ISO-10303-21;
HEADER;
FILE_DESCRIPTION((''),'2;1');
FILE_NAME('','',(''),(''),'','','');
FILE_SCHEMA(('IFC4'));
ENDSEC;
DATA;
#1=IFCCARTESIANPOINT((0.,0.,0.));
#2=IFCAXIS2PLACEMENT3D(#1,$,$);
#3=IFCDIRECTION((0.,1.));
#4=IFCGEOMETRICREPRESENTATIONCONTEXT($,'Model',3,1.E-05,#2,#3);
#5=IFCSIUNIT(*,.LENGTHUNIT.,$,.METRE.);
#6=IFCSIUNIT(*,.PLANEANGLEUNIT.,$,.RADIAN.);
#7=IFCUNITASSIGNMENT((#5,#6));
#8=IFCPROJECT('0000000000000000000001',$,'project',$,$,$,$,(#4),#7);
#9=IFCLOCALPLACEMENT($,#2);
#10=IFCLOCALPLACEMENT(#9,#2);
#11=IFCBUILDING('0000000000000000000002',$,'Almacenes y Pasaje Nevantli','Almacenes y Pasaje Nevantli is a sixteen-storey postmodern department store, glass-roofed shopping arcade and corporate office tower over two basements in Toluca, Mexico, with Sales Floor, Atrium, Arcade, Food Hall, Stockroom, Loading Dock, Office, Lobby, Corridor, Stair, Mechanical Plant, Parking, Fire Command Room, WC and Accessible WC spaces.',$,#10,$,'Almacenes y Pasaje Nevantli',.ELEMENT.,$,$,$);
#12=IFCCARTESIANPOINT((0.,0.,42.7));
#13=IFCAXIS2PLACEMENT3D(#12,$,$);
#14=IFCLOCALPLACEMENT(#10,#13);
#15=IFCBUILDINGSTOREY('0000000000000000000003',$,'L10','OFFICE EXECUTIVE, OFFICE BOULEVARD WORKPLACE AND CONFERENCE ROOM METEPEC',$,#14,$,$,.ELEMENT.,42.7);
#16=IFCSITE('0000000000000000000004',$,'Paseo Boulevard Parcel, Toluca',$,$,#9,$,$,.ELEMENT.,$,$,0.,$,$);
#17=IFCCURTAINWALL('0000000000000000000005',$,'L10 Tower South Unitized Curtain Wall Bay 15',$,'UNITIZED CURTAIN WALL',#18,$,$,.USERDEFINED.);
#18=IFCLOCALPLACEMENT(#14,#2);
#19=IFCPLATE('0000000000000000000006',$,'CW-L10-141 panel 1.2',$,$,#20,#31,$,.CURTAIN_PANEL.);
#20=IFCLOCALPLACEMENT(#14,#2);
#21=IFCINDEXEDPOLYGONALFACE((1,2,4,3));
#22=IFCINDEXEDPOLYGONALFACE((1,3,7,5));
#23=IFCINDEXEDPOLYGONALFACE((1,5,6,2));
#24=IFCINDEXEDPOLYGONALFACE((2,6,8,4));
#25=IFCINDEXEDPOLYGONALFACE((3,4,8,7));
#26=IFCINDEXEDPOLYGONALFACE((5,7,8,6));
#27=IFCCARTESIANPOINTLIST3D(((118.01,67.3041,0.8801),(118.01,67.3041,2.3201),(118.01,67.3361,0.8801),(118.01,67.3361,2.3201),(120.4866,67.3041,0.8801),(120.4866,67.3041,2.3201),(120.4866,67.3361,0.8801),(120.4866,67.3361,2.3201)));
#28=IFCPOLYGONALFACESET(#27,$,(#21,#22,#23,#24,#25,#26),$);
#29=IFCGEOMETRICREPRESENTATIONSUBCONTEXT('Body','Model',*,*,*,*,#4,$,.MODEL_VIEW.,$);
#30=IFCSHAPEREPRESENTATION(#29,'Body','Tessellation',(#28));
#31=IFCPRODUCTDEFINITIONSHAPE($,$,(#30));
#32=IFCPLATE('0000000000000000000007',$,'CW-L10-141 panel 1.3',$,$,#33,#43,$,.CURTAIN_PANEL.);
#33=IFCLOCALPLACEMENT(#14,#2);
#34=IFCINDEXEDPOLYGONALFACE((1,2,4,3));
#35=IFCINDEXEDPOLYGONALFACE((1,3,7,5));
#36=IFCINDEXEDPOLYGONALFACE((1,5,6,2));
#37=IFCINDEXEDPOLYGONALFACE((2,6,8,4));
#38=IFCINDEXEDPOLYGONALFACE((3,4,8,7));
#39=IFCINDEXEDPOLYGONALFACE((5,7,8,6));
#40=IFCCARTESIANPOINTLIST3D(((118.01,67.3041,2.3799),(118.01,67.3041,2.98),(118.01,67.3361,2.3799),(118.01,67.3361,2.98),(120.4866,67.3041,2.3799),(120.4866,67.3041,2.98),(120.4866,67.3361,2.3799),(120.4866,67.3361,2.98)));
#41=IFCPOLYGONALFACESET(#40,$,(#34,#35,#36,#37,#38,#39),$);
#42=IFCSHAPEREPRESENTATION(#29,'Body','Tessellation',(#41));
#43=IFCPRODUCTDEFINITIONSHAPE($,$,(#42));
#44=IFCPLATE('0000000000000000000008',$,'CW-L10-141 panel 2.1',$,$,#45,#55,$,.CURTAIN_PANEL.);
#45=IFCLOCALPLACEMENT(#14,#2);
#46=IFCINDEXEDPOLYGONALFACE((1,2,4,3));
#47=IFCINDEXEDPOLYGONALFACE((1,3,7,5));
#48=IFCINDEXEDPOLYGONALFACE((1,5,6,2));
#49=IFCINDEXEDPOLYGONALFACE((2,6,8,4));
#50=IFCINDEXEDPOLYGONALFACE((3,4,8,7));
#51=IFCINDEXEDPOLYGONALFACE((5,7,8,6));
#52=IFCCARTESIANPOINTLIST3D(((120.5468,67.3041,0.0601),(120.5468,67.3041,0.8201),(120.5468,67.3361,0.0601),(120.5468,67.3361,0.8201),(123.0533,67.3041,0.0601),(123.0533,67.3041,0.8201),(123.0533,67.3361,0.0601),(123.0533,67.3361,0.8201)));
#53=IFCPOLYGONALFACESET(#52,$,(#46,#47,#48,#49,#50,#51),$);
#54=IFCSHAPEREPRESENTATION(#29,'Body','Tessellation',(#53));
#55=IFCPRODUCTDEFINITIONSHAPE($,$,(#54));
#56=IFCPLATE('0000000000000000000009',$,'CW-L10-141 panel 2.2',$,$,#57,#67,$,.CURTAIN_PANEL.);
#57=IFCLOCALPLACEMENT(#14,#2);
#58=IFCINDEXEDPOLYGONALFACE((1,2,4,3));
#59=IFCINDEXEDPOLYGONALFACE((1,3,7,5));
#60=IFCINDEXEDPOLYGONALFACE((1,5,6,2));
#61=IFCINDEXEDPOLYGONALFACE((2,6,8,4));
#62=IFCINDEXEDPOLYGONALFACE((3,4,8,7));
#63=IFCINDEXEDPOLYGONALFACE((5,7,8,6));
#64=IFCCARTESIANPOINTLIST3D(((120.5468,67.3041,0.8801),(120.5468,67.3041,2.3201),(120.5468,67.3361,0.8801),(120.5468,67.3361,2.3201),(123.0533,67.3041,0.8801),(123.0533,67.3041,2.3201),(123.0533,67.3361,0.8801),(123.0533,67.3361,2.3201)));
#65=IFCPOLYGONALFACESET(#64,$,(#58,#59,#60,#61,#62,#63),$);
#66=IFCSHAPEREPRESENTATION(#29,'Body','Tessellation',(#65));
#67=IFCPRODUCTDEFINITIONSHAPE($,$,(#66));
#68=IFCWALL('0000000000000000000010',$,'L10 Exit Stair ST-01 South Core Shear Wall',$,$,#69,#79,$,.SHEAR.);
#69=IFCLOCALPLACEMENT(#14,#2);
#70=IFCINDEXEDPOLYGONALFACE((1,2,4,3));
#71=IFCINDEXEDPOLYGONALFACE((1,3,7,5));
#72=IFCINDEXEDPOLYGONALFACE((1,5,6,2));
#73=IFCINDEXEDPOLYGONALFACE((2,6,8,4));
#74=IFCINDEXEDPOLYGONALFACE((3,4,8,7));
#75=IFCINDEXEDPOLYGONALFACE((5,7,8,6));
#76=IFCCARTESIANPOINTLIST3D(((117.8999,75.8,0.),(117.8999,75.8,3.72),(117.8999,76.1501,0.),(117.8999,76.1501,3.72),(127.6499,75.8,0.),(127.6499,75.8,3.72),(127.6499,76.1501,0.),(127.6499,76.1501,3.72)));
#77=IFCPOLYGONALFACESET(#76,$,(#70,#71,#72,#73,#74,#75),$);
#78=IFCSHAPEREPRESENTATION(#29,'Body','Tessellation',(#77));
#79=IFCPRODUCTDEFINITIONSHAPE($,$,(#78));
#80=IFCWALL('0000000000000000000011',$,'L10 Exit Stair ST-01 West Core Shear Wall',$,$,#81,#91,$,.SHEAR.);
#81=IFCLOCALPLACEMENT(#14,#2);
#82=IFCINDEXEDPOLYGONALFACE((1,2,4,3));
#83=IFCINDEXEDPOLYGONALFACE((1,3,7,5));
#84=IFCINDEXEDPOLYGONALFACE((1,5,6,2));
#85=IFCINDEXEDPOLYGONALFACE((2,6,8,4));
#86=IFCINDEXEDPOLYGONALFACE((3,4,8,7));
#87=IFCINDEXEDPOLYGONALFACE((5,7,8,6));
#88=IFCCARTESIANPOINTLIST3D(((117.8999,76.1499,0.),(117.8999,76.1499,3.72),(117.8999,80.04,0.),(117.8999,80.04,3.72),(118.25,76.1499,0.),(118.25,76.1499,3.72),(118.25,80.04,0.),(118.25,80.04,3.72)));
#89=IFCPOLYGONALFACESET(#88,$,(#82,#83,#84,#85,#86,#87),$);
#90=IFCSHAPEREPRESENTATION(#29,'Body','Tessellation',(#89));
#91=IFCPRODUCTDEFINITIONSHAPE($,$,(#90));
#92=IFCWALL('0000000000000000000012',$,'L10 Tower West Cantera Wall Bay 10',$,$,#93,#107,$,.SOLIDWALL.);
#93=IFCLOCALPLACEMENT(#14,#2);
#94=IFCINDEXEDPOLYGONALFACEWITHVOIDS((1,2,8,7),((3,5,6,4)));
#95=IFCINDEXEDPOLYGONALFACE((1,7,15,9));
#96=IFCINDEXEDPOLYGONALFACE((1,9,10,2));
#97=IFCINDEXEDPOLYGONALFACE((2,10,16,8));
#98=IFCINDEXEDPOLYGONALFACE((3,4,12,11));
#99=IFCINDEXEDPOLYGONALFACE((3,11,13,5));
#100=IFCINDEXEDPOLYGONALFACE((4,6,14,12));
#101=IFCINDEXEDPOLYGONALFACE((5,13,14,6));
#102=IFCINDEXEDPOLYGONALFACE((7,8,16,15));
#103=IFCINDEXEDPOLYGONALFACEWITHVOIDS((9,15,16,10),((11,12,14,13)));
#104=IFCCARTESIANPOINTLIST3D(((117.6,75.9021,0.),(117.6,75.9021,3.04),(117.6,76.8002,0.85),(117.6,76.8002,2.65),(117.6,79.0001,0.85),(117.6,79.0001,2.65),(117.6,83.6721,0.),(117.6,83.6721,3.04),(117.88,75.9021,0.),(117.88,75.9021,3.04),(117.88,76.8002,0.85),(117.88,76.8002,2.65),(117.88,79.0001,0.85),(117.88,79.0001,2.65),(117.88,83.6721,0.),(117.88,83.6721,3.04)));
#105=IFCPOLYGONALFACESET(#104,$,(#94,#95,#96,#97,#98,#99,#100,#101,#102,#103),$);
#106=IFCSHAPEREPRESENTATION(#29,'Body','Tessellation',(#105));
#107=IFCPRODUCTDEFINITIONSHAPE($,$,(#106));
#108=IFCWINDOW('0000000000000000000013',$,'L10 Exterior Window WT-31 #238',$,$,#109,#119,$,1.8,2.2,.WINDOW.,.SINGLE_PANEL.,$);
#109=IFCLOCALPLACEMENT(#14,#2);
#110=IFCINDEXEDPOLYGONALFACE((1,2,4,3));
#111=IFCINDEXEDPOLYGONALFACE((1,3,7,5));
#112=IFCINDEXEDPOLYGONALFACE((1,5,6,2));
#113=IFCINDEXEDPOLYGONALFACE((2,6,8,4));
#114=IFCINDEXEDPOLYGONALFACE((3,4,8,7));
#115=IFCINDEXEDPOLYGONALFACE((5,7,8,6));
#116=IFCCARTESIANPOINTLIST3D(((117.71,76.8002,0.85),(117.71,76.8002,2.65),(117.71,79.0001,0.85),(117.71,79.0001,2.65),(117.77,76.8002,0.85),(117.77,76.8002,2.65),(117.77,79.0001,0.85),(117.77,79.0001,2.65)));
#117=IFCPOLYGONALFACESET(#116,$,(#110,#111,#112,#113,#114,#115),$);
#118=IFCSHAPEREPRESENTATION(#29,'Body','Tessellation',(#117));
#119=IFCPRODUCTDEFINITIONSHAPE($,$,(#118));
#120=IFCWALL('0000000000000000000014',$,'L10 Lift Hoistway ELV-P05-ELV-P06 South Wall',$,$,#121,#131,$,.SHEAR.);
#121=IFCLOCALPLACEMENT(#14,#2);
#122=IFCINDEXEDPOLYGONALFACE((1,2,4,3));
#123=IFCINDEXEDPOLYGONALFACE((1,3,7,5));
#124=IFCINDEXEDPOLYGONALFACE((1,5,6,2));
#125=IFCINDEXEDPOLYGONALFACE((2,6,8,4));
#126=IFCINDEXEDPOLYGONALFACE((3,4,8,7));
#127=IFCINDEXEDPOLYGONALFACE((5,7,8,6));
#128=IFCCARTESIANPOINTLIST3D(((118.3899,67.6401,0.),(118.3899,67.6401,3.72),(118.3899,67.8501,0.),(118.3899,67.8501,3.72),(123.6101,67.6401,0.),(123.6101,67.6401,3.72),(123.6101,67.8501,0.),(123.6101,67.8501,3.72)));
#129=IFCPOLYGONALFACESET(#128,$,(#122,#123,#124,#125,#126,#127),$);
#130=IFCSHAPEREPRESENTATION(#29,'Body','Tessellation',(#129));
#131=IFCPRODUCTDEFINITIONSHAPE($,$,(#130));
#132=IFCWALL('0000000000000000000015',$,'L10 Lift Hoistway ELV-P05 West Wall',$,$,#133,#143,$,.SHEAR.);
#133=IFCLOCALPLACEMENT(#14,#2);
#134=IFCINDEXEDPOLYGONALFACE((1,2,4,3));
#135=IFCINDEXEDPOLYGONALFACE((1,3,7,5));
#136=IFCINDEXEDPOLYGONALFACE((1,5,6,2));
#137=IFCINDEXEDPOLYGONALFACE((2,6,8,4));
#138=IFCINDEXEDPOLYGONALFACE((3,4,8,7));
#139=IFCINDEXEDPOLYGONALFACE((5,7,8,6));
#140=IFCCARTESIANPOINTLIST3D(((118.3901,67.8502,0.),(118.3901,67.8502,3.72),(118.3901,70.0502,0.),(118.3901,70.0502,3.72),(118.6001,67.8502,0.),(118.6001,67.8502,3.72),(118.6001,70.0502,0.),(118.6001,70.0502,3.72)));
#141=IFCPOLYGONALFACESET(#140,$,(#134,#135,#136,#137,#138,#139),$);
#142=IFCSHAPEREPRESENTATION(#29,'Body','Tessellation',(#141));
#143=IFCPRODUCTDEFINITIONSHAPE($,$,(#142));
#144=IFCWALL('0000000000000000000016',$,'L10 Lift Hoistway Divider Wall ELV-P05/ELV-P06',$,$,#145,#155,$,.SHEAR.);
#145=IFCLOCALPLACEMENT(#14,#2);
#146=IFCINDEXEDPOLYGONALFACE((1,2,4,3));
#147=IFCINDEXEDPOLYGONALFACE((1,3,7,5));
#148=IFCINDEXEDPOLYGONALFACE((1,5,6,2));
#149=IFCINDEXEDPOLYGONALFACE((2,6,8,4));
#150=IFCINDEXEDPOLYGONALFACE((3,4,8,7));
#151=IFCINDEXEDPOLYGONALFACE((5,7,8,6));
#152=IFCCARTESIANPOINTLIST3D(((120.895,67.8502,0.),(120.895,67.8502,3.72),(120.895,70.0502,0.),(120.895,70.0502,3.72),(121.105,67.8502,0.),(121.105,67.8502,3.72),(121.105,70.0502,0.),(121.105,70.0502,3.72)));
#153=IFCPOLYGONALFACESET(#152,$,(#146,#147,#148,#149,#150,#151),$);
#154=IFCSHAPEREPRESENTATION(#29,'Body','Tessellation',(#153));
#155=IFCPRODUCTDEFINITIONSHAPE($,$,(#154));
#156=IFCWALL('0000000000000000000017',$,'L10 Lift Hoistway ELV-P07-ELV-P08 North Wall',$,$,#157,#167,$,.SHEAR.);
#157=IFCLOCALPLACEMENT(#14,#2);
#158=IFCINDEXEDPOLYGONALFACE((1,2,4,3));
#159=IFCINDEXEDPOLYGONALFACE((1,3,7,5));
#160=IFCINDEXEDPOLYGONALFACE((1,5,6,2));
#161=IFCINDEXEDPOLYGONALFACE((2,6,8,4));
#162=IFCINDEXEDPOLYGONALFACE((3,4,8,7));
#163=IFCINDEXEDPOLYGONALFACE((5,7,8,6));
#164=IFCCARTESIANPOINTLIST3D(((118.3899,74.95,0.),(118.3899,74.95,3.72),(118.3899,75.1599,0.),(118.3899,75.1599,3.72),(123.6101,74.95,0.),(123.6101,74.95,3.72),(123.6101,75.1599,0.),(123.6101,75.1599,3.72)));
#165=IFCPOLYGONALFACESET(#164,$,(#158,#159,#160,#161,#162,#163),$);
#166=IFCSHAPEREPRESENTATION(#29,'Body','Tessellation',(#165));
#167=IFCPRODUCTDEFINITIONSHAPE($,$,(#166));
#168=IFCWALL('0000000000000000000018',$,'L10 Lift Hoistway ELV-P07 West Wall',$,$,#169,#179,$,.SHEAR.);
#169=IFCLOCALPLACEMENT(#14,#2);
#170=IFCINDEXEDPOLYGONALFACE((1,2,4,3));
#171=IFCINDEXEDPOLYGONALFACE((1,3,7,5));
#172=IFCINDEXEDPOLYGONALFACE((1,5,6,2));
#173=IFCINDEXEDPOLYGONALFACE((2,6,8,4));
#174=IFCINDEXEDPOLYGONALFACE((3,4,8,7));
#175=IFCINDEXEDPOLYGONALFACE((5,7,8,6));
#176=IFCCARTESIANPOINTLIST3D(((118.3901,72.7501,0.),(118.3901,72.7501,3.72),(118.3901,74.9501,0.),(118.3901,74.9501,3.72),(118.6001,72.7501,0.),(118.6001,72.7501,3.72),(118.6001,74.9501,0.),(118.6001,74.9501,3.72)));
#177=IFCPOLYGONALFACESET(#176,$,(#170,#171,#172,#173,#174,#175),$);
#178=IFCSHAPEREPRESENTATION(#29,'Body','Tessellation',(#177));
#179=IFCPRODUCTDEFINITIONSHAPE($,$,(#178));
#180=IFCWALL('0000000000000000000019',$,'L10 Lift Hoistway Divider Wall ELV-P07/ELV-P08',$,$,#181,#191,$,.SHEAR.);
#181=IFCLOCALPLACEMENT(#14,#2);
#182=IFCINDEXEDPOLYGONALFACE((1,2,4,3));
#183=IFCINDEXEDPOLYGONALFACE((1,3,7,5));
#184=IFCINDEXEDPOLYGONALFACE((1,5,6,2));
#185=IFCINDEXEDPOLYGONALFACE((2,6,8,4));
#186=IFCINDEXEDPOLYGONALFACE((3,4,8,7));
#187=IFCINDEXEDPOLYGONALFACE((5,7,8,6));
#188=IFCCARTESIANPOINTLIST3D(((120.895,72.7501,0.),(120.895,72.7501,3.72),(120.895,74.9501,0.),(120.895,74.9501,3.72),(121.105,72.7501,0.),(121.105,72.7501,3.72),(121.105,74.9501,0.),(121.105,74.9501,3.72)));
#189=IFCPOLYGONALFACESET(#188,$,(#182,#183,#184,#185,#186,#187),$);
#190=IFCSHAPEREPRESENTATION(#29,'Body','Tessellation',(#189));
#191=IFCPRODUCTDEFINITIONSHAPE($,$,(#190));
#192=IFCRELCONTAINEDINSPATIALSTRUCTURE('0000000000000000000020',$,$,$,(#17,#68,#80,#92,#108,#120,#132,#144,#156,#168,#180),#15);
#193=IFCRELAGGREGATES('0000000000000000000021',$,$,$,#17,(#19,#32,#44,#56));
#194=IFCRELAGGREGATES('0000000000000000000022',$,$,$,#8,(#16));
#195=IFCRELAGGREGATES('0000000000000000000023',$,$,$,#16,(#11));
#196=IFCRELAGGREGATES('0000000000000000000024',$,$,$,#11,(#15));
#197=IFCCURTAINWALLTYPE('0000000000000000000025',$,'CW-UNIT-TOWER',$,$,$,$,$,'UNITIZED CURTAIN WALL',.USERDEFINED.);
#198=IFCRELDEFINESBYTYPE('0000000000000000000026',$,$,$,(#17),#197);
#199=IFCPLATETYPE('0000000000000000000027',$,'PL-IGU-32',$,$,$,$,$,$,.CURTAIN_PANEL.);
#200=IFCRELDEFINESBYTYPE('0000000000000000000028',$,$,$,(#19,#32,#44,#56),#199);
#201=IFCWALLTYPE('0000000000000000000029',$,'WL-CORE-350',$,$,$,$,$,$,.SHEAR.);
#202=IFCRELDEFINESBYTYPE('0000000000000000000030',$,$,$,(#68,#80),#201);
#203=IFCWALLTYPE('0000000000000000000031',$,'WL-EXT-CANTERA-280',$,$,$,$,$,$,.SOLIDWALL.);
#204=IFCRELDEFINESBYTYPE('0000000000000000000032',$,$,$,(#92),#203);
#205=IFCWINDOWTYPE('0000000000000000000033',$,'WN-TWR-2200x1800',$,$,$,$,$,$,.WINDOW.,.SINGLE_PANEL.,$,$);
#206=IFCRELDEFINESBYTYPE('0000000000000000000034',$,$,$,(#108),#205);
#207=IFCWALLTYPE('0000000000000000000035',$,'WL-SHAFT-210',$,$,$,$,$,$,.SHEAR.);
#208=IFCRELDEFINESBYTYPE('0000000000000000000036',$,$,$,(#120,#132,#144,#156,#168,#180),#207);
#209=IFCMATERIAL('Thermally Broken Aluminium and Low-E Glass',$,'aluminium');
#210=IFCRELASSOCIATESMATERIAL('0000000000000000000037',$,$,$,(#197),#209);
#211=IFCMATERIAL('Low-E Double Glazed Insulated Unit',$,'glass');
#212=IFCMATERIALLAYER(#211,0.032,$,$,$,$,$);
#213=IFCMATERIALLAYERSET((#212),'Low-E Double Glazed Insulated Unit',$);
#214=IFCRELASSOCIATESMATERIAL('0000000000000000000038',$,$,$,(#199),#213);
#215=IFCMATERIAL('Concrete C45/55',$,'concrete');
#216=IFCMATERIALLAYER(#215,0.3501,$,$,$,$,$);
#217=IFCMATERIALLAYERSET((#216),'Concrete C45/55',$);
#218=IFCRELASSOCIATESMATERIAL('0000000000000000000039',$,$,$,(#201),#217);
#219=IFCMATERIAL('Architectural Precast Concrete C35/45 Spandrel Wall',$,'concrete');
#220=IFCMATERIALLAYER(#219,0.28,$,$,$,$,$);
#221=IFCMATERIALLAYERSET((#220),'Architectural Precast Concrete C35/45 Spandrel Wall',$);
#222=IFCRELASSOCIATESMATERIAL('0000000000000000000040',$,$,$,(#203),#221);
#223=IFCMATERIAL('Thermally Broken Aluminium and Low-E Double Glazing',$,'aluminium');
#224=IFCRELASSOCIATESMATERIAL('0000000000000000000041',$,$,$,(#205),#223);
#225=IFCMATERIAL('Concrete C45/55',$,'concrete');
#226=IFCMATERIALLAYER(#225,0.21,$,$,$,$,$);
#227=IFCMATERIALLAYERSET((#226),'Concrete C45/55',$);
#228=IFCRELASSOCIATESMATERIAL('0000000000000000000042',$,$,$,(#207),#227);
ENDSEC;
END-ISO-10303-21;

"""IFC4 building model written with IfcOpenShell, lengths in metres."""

from ifc_helpers import new_model, si_unit, direction, frame, frame_2d, origin, origin_2d, place, context, subcontext, project, spatial, rectangle, extrude, material, layer, layer_set, type_object, element, fill, aggregate, save


model = new_model("IFC4")

# Units and contexts
model_context = context("Model", 3, precision=1e-05, world=origin(), true_north=direction((0.0, 1.0)))
body_context = subcontext(model_context, "Body", "Model", "MODEL_VIEW")
ifc_project = project(units=[si_unit("LENGTHUNIT", "METRE"), si_unit("PLANEANGLEUNIT", "RADIAN")], contexts=[model_context])

# Site, building, storey
site_placement = place(None, origin())
site = spatial("IfcSite", under=ifc_project, at=site_placement, Name="Paseo Boulevard Parcel, Toluca", CompositionType="ELEMENT", RefElevation=0.0)
building_placement = place(site_placement, origin())
building = spatial("IfcBuilding", under=site, at=building_placement, Name="Almacenes y Pasaje Nevantli", Description="Almacenes y Pasaje Nevantli is a sixteen-storey postmodern department store, glass-roofed shopping arcade and corporate office tower over two basements in Toluca, Mexico, with Sales Floor, Atrium, Arcade, Food Hall, Stockroom, Loading Dock, Office, Lobby, Corridor, Stair, Mechanical Plant, Parking, Fire Command Room, WC and Accessible WC spaces.", LongName="Almacenes y Pasaje Nevantli", CompositionType="ELEMENT")
storey_placement = place(building_placement, frame((0.0, 0.0, 42.7)))
storey = spatial("IfcBuildingStorey", under=building, at=storey_placement, Name="L10", Description="OFFICE EXECUTIVE, OFFICE BOULEVARD WORKPLACE AND CONFERENCE ROOM METEPEC", CompositionType="ELEMENT", Elevation=42.7)

# Curtain wall, plates
ifc_material_1 = material(Name="Thermally Broken Aluminium and Low-E Glass", Category="aluminium")
curtain_wall_type = type_object("IfcCurtainWallType", Name="CW-UNIT-TOWER", ElementType="UNITIZED CURTAIN WALL", PredefinedType="USERDEFINED", material=ifc_material_1)
curtain_wall_placement = place(storey_placement, origin())
curtain_wall = element("IfcCurtainWall", 1, at=curtain_wall_placement, inside=storey, type_object=curtain_wall_type, Name="L10 Tower South Unitized Curtain Wall Bay 15", ObjectType="UNITIZED CURTAIN WALL", PredefinedType="USERDEFINED")
ifc_material_2 = material(Name="Low-E Double Glazed Insulated Unit", Category="glass")
ifc_layer_1 = layer(ifc_material_2, 0.032)
ifc_layer_set_1 = layer_set([ifc_layer_1], Name="Low-E Double Glazed Insulated Unit")
plate_type = type_object("IfcPlateType", Name="PL-IGU-32", PredefinedType="CURTAIN_PANEL", material=ifc_layer_set_1)
plate_1_placement = place(storey_placement, frame((119.2483, 67.3201, 0.8801), z_axis=(0.0, 0.0, 1.0), x_axis=(1.0, 0.0, 0.0)))
plate_1 = element("IfcPlate", 2, at=plate_1_placement, type_object=plate_type, Name="CW-L10-141 panel 1.2", PredefinedType="CURTAIN_PANEL", context=body_context, shape_type="SweptSolid", body=[
    extrude(rectangle(XDim=2.4766, YDim=0.032, at=origin_2d()), origin(), (0.0, 0.0, 1.0), 1.4399),
])
plate_2_placement = place(storey_placement, frame((119.2483, 67.3201, 2.3799), z_axis=(0.0, 0.0, 1.0), x_axis=(1.0, 0.0, 0.0)))
plate_2 = element("IfcPlate", 3, at=plate_2_placement, type_object=plate_type, Name="CW-L10-141 panel 1.3", PredefinedType="CURTAIN_PANEL", context=body_context, shape_type="SweptSolid", body=[
    extrude(rectangle(XDim=2.4766, YDim=0.032, at=origin_2d()), origin(), (0.0, 0.0, 1.0), 0.6001),
])
plate_3_placement = place(storey_placement, frame((121.8, 67.3201, 0.0601), z_axis=(0.0, 0.0, 1.0), x_axis=(1.0, 0.0, 0.0)))
plate_3 = element("IfcPlate", 4, at=plate_3_placement, type_object=plate_type, Name="CW-L10-141 panel 2.1", PredefinedType="CURTAIN_PANEL", context=body_context, shape_type="SweptSolid", body=[
    extrude(rectangle(XDim=2.5066, YDim=0.032, at=origin_2d()), origin(), (0.0, 0.0, 1.0), 0.76),
])
plate_4_placement = place(storey_placement, frame((121.8, 67.3201, 0.8801), z_axis=(0.0, 0.0, 1.0), x_axis=(1.0, 0.0, 0.0)))
plate_4 = element("IfcPlate", 5, at=plate_4_placement, type_object=plate_type, Name="CW-L10-141 panel 2.2", PredefinedType="CURTAIN_PANEL", context=body_context, shape_type="SweptSolid", body=[
    extrude(rectangle(XDim=2.5066, YDim=0.032, at=origin_2d()), origin(), (0.0, 0.0, 1.0), 1.4399),
])
aggregate(curtain_wall, [plate_1, plate_2, plate_3, plate_4])

# Walls
ifc_material_3 = material(Name="Concrete C45/55", Category="concrete")
ifc_layer_2 = layer(ifc_material_3, 0.3501)
ifc_layer_set_2 = layer_set([ifc_layer_2], Name="Concrete C45/55")
wall_type_1 = type_object("IfcWallType", Name="WL-CORE-350", PredefinedType="SHEAR", material=ifc_layer_set_2)
wall_1_placement = place(storey_placement, frame((117.8999, 75.9751, 0.0), z_axis=(0.0, 0.0, 1.0), x_axis=(1.0, 0.0, 0.0)))
element("IfcWall", 6, at=wall_1_placement, inside=storey, type_object=wall_type_1, Name="L10 Exit Stair ST-01 South Core Shear Wall", PredefinedType="SHEAR", context=body_context, shape_type="SweptSolid", body=[
    extrude(rectangle(XDim=9.75, YDim=0.3501, at=frame_2d((4.875, 0.0))), origin(), (0.0, 0.0, 1.0), 3.72),
])
wall_2_placement = place(storey_placement, frame((118.075, 76.1499, 0.0), z_axis=(0.0, 0.0, 1.0), x_axis=(0.0, 1.0, 0.0)))
element("IfcWall", 7, at=wall_2_placement, inside=storey, type_object=wall_type_1, Name="L10 Exit Stair ST-01 West Core Shear Wall", PredefinedType="SHEAR", context=body_context, shape_type="SweptSolid", body=[
    extrude(rectangle(XDim=3.8901, YDim=0.3501, at=frame_2d((1.9451, 0.0))), origin(), (0.0, 0.0, 1.0), 3.72),
])

# Wall, opening, window
ifc_material_4 = material(Name="Architectural Precast Concrete C35/45 Spandrel Wall", Category="concrete")
ifc_layer_3 = layer(ifc_material_4, 0.28)
ifc_layer_set_3 = layer_set([ifc_layer_3], Name="Architectural Precast Concrete C35/45 Spandrel Wall")
wall_type_2 = type_object("IfcWallType", Name="WL-EXT-CANTERA-280", PredefinedType="SOLIDWALL", material=ifc_layer_set_3)
wall_3_placement = place(storey_placement, frame((117.74, 75.9021, 0.0), z_axis=(0.0, 0.0, 1.0), x_axis=(0.0, 1.0, 0.0)))
wall_3 = element("IfcWall", 8, at=wall_3_placement, inside=storey, type_object=wall_type_2, Name="L10 Tower West Cantera Wall Bay 10", PredefinedType="SOLIDWALL", context=body_context, shape_type="SweptSolid", body=[
    extrude(rectangle(XDim=7.77, YDim=0.28, at=frame_2d((3.885, 0.0))), origin(), (0.0, 0.0, 1.0), 3.04),
])
opening_1_placement = place(wall_3_placement, frame((0.8979, 0.0, 0.8501)))
opening_1 = element("IfcOpeningElement", 9, at=opening_1_placement, cuts=wall_3, PredefinedType="OPENING", context=body_context, shape_type="SweptSolid", body=[
    extrude(rectangle(XDim=2.2, YDim=1.8, at=frame_2d((1.1001, 0.8999))), frame((0.0, 0.1499, 0.0), z_axis=(0.0, -1.0, 0.0), x_axis=(1.0, 0.0, 0.0)), (0.0, 0.0, 1.0), 0.3),
])
ifc_material_5 = material(Name="Thermally Broken Aluminium and Low-E Double Glazing", Category="aluminium")
window_type = type_object("IfcWindowType", Name="WN-TWR-2200x1800", PartitioningType="SINGLE_PANEL", PredefinedType="WINDOW", material=ifc_material_5)
window_placement = place(opening_1_placement, origin())
window = element("IfcWindow", 10, at=window_placement, inside=storey, type_object=window_type, Name="L10 Exterior Window WT-31 #238", OverallHeight=1.8, OverallWidth=2.2, PartitioningType="SINGLE_PANEL", PredefinedType="WINDOW", context=body_context, shape_type="SweptSolid", body=[
    extrude(rectangle(XDim=2.2, YDim=1.8, at=frame_2d((1.1001, 0.8999))), frame((0.0, 0.03, 0.0), z_axis=(0.0, -1.0, 0.0), x_axis=(1.0, 0.0, 0.0)), (0.0, 0.0, 1.0), 0.0601),
])
fill(opening_1, window)

# Wall
ifc_material_6 = material(Name="Concrete C45/55", Category="concrete")
ifc_layer_4 = layer(ifc_material_6, 0.21)
ifc_layer_set_4 = layer_set([ifc_layer_4], Name="Concrete C45/55")
wall_type_3 = type_object("IfcWallType", Name="WL-SHAFT-210", PredefinedType="SHEAR", material=ifc_layer_set_4)
wall_4_placement = place(storey_placement, frame((118.3899, 67.7451, 0.0), z_axis=(0.0, 0.0, 1.0), x_axis=(1.0, 0.0, 0.0)))
element("IfcWall", 11, at=wall_4_placement, inside=storey, type_object=wall_type_3, Name="L10 Lift Hoistway ELV-P05-ELV-P06 South Wall", PredefinedType="SHEAR", context=body_context, shape_type="SweptSolid", body=[
    extrude(rectangle(XDim=5.2202, YDim=0.21, at=frame_2d((2.6101, 0.0))), origin(), (0.0, 0.0, 1.0), 3.72),
])

# Walls
for number, where, z_axis, x_axis, name in (
    (12, (118.4951, 67.8501, 0.0), (0.0, 0.0, 1.0), (0.0, 1.0, 0.0), "L10 Lift Hoistway ELV-P05 West Wall"),
    (13, (121.0, 67.8501, 0.0), (0.0, 0.0, 1.0), (0.0, 1.0, 0.0), "L10 Lift Hoistway Divider Wall ELV-P05/ELV-P06"),
):
    element("IfcWall", number, at=place(storey_placement, frame(where, z_axis=z_axis, x_axis=x_axis)), inside=storey, type_object=wall_type_3, Name=name, PredefinedType="SHEAR", context=body_context, shape_type="SweptSolid", body=[
        extrude(rectangle(XDim=2.2, YDim=0.21, at=frame_2d((1.1001, 0.0))), origin(), (0.0, 0.0, 1.0), 3.72),
    ])

# Walls
wall_5_placement = place(storey_placement, frame((118.3899, 75.0549, 0.0), z_axis=(0.0, 0.0, 1.0), x_axis=(1.0, 0.0, 0.0)))
element("IfcWall", 14, at=wall_5_placement, inside=storey, type_object=wall_type_3, Name="L10 Lift Hoistway ELV-P07-ELV-P08 North Wall", PredefinedType="SHEAR", context=body_context, shape_type="SweptSolid", body=[
    extrude(rectangle(XDim=5.2202, YDim=0.21, at=frame_2d((2.6101, 0.0))), origin(), (0.0, 0.0, 1.0), 3.72),
])
for number, where, z_axis, x_axis, name in (
    (15, (118.4951, 72.75, 0.0), (0.0, 0.0, 1.0), (0.0, 1.0, 0.0), "L10 Lift Hoistway ELV-P07 West Wall"),
    (16, (121.0, 72.75, 0.0), (0.0, 0.0, 1.0), (0.0, 1.0, 0.0), "L10 Lift Hoistway Divider Wall ELV-P07/ELV-P08"),
):
    element("IfcWall", number, at=place(storey_placement, frame(where, z_axis=z_axis, x_axis=x_axis)), inside=storey, type_object=wall_type_3, Name=name, PredefinedType="SHEAR", context=body_context, shape_type="SweptSolid", body=[
        extrude(rectangle(XDim=2.2, YDim=0.21, at=frame_2d((1.1001, 0.0))), origin(), (0.0, 0.0, 1.0), 3.72),
    ])

save(model, "model.ifc")
